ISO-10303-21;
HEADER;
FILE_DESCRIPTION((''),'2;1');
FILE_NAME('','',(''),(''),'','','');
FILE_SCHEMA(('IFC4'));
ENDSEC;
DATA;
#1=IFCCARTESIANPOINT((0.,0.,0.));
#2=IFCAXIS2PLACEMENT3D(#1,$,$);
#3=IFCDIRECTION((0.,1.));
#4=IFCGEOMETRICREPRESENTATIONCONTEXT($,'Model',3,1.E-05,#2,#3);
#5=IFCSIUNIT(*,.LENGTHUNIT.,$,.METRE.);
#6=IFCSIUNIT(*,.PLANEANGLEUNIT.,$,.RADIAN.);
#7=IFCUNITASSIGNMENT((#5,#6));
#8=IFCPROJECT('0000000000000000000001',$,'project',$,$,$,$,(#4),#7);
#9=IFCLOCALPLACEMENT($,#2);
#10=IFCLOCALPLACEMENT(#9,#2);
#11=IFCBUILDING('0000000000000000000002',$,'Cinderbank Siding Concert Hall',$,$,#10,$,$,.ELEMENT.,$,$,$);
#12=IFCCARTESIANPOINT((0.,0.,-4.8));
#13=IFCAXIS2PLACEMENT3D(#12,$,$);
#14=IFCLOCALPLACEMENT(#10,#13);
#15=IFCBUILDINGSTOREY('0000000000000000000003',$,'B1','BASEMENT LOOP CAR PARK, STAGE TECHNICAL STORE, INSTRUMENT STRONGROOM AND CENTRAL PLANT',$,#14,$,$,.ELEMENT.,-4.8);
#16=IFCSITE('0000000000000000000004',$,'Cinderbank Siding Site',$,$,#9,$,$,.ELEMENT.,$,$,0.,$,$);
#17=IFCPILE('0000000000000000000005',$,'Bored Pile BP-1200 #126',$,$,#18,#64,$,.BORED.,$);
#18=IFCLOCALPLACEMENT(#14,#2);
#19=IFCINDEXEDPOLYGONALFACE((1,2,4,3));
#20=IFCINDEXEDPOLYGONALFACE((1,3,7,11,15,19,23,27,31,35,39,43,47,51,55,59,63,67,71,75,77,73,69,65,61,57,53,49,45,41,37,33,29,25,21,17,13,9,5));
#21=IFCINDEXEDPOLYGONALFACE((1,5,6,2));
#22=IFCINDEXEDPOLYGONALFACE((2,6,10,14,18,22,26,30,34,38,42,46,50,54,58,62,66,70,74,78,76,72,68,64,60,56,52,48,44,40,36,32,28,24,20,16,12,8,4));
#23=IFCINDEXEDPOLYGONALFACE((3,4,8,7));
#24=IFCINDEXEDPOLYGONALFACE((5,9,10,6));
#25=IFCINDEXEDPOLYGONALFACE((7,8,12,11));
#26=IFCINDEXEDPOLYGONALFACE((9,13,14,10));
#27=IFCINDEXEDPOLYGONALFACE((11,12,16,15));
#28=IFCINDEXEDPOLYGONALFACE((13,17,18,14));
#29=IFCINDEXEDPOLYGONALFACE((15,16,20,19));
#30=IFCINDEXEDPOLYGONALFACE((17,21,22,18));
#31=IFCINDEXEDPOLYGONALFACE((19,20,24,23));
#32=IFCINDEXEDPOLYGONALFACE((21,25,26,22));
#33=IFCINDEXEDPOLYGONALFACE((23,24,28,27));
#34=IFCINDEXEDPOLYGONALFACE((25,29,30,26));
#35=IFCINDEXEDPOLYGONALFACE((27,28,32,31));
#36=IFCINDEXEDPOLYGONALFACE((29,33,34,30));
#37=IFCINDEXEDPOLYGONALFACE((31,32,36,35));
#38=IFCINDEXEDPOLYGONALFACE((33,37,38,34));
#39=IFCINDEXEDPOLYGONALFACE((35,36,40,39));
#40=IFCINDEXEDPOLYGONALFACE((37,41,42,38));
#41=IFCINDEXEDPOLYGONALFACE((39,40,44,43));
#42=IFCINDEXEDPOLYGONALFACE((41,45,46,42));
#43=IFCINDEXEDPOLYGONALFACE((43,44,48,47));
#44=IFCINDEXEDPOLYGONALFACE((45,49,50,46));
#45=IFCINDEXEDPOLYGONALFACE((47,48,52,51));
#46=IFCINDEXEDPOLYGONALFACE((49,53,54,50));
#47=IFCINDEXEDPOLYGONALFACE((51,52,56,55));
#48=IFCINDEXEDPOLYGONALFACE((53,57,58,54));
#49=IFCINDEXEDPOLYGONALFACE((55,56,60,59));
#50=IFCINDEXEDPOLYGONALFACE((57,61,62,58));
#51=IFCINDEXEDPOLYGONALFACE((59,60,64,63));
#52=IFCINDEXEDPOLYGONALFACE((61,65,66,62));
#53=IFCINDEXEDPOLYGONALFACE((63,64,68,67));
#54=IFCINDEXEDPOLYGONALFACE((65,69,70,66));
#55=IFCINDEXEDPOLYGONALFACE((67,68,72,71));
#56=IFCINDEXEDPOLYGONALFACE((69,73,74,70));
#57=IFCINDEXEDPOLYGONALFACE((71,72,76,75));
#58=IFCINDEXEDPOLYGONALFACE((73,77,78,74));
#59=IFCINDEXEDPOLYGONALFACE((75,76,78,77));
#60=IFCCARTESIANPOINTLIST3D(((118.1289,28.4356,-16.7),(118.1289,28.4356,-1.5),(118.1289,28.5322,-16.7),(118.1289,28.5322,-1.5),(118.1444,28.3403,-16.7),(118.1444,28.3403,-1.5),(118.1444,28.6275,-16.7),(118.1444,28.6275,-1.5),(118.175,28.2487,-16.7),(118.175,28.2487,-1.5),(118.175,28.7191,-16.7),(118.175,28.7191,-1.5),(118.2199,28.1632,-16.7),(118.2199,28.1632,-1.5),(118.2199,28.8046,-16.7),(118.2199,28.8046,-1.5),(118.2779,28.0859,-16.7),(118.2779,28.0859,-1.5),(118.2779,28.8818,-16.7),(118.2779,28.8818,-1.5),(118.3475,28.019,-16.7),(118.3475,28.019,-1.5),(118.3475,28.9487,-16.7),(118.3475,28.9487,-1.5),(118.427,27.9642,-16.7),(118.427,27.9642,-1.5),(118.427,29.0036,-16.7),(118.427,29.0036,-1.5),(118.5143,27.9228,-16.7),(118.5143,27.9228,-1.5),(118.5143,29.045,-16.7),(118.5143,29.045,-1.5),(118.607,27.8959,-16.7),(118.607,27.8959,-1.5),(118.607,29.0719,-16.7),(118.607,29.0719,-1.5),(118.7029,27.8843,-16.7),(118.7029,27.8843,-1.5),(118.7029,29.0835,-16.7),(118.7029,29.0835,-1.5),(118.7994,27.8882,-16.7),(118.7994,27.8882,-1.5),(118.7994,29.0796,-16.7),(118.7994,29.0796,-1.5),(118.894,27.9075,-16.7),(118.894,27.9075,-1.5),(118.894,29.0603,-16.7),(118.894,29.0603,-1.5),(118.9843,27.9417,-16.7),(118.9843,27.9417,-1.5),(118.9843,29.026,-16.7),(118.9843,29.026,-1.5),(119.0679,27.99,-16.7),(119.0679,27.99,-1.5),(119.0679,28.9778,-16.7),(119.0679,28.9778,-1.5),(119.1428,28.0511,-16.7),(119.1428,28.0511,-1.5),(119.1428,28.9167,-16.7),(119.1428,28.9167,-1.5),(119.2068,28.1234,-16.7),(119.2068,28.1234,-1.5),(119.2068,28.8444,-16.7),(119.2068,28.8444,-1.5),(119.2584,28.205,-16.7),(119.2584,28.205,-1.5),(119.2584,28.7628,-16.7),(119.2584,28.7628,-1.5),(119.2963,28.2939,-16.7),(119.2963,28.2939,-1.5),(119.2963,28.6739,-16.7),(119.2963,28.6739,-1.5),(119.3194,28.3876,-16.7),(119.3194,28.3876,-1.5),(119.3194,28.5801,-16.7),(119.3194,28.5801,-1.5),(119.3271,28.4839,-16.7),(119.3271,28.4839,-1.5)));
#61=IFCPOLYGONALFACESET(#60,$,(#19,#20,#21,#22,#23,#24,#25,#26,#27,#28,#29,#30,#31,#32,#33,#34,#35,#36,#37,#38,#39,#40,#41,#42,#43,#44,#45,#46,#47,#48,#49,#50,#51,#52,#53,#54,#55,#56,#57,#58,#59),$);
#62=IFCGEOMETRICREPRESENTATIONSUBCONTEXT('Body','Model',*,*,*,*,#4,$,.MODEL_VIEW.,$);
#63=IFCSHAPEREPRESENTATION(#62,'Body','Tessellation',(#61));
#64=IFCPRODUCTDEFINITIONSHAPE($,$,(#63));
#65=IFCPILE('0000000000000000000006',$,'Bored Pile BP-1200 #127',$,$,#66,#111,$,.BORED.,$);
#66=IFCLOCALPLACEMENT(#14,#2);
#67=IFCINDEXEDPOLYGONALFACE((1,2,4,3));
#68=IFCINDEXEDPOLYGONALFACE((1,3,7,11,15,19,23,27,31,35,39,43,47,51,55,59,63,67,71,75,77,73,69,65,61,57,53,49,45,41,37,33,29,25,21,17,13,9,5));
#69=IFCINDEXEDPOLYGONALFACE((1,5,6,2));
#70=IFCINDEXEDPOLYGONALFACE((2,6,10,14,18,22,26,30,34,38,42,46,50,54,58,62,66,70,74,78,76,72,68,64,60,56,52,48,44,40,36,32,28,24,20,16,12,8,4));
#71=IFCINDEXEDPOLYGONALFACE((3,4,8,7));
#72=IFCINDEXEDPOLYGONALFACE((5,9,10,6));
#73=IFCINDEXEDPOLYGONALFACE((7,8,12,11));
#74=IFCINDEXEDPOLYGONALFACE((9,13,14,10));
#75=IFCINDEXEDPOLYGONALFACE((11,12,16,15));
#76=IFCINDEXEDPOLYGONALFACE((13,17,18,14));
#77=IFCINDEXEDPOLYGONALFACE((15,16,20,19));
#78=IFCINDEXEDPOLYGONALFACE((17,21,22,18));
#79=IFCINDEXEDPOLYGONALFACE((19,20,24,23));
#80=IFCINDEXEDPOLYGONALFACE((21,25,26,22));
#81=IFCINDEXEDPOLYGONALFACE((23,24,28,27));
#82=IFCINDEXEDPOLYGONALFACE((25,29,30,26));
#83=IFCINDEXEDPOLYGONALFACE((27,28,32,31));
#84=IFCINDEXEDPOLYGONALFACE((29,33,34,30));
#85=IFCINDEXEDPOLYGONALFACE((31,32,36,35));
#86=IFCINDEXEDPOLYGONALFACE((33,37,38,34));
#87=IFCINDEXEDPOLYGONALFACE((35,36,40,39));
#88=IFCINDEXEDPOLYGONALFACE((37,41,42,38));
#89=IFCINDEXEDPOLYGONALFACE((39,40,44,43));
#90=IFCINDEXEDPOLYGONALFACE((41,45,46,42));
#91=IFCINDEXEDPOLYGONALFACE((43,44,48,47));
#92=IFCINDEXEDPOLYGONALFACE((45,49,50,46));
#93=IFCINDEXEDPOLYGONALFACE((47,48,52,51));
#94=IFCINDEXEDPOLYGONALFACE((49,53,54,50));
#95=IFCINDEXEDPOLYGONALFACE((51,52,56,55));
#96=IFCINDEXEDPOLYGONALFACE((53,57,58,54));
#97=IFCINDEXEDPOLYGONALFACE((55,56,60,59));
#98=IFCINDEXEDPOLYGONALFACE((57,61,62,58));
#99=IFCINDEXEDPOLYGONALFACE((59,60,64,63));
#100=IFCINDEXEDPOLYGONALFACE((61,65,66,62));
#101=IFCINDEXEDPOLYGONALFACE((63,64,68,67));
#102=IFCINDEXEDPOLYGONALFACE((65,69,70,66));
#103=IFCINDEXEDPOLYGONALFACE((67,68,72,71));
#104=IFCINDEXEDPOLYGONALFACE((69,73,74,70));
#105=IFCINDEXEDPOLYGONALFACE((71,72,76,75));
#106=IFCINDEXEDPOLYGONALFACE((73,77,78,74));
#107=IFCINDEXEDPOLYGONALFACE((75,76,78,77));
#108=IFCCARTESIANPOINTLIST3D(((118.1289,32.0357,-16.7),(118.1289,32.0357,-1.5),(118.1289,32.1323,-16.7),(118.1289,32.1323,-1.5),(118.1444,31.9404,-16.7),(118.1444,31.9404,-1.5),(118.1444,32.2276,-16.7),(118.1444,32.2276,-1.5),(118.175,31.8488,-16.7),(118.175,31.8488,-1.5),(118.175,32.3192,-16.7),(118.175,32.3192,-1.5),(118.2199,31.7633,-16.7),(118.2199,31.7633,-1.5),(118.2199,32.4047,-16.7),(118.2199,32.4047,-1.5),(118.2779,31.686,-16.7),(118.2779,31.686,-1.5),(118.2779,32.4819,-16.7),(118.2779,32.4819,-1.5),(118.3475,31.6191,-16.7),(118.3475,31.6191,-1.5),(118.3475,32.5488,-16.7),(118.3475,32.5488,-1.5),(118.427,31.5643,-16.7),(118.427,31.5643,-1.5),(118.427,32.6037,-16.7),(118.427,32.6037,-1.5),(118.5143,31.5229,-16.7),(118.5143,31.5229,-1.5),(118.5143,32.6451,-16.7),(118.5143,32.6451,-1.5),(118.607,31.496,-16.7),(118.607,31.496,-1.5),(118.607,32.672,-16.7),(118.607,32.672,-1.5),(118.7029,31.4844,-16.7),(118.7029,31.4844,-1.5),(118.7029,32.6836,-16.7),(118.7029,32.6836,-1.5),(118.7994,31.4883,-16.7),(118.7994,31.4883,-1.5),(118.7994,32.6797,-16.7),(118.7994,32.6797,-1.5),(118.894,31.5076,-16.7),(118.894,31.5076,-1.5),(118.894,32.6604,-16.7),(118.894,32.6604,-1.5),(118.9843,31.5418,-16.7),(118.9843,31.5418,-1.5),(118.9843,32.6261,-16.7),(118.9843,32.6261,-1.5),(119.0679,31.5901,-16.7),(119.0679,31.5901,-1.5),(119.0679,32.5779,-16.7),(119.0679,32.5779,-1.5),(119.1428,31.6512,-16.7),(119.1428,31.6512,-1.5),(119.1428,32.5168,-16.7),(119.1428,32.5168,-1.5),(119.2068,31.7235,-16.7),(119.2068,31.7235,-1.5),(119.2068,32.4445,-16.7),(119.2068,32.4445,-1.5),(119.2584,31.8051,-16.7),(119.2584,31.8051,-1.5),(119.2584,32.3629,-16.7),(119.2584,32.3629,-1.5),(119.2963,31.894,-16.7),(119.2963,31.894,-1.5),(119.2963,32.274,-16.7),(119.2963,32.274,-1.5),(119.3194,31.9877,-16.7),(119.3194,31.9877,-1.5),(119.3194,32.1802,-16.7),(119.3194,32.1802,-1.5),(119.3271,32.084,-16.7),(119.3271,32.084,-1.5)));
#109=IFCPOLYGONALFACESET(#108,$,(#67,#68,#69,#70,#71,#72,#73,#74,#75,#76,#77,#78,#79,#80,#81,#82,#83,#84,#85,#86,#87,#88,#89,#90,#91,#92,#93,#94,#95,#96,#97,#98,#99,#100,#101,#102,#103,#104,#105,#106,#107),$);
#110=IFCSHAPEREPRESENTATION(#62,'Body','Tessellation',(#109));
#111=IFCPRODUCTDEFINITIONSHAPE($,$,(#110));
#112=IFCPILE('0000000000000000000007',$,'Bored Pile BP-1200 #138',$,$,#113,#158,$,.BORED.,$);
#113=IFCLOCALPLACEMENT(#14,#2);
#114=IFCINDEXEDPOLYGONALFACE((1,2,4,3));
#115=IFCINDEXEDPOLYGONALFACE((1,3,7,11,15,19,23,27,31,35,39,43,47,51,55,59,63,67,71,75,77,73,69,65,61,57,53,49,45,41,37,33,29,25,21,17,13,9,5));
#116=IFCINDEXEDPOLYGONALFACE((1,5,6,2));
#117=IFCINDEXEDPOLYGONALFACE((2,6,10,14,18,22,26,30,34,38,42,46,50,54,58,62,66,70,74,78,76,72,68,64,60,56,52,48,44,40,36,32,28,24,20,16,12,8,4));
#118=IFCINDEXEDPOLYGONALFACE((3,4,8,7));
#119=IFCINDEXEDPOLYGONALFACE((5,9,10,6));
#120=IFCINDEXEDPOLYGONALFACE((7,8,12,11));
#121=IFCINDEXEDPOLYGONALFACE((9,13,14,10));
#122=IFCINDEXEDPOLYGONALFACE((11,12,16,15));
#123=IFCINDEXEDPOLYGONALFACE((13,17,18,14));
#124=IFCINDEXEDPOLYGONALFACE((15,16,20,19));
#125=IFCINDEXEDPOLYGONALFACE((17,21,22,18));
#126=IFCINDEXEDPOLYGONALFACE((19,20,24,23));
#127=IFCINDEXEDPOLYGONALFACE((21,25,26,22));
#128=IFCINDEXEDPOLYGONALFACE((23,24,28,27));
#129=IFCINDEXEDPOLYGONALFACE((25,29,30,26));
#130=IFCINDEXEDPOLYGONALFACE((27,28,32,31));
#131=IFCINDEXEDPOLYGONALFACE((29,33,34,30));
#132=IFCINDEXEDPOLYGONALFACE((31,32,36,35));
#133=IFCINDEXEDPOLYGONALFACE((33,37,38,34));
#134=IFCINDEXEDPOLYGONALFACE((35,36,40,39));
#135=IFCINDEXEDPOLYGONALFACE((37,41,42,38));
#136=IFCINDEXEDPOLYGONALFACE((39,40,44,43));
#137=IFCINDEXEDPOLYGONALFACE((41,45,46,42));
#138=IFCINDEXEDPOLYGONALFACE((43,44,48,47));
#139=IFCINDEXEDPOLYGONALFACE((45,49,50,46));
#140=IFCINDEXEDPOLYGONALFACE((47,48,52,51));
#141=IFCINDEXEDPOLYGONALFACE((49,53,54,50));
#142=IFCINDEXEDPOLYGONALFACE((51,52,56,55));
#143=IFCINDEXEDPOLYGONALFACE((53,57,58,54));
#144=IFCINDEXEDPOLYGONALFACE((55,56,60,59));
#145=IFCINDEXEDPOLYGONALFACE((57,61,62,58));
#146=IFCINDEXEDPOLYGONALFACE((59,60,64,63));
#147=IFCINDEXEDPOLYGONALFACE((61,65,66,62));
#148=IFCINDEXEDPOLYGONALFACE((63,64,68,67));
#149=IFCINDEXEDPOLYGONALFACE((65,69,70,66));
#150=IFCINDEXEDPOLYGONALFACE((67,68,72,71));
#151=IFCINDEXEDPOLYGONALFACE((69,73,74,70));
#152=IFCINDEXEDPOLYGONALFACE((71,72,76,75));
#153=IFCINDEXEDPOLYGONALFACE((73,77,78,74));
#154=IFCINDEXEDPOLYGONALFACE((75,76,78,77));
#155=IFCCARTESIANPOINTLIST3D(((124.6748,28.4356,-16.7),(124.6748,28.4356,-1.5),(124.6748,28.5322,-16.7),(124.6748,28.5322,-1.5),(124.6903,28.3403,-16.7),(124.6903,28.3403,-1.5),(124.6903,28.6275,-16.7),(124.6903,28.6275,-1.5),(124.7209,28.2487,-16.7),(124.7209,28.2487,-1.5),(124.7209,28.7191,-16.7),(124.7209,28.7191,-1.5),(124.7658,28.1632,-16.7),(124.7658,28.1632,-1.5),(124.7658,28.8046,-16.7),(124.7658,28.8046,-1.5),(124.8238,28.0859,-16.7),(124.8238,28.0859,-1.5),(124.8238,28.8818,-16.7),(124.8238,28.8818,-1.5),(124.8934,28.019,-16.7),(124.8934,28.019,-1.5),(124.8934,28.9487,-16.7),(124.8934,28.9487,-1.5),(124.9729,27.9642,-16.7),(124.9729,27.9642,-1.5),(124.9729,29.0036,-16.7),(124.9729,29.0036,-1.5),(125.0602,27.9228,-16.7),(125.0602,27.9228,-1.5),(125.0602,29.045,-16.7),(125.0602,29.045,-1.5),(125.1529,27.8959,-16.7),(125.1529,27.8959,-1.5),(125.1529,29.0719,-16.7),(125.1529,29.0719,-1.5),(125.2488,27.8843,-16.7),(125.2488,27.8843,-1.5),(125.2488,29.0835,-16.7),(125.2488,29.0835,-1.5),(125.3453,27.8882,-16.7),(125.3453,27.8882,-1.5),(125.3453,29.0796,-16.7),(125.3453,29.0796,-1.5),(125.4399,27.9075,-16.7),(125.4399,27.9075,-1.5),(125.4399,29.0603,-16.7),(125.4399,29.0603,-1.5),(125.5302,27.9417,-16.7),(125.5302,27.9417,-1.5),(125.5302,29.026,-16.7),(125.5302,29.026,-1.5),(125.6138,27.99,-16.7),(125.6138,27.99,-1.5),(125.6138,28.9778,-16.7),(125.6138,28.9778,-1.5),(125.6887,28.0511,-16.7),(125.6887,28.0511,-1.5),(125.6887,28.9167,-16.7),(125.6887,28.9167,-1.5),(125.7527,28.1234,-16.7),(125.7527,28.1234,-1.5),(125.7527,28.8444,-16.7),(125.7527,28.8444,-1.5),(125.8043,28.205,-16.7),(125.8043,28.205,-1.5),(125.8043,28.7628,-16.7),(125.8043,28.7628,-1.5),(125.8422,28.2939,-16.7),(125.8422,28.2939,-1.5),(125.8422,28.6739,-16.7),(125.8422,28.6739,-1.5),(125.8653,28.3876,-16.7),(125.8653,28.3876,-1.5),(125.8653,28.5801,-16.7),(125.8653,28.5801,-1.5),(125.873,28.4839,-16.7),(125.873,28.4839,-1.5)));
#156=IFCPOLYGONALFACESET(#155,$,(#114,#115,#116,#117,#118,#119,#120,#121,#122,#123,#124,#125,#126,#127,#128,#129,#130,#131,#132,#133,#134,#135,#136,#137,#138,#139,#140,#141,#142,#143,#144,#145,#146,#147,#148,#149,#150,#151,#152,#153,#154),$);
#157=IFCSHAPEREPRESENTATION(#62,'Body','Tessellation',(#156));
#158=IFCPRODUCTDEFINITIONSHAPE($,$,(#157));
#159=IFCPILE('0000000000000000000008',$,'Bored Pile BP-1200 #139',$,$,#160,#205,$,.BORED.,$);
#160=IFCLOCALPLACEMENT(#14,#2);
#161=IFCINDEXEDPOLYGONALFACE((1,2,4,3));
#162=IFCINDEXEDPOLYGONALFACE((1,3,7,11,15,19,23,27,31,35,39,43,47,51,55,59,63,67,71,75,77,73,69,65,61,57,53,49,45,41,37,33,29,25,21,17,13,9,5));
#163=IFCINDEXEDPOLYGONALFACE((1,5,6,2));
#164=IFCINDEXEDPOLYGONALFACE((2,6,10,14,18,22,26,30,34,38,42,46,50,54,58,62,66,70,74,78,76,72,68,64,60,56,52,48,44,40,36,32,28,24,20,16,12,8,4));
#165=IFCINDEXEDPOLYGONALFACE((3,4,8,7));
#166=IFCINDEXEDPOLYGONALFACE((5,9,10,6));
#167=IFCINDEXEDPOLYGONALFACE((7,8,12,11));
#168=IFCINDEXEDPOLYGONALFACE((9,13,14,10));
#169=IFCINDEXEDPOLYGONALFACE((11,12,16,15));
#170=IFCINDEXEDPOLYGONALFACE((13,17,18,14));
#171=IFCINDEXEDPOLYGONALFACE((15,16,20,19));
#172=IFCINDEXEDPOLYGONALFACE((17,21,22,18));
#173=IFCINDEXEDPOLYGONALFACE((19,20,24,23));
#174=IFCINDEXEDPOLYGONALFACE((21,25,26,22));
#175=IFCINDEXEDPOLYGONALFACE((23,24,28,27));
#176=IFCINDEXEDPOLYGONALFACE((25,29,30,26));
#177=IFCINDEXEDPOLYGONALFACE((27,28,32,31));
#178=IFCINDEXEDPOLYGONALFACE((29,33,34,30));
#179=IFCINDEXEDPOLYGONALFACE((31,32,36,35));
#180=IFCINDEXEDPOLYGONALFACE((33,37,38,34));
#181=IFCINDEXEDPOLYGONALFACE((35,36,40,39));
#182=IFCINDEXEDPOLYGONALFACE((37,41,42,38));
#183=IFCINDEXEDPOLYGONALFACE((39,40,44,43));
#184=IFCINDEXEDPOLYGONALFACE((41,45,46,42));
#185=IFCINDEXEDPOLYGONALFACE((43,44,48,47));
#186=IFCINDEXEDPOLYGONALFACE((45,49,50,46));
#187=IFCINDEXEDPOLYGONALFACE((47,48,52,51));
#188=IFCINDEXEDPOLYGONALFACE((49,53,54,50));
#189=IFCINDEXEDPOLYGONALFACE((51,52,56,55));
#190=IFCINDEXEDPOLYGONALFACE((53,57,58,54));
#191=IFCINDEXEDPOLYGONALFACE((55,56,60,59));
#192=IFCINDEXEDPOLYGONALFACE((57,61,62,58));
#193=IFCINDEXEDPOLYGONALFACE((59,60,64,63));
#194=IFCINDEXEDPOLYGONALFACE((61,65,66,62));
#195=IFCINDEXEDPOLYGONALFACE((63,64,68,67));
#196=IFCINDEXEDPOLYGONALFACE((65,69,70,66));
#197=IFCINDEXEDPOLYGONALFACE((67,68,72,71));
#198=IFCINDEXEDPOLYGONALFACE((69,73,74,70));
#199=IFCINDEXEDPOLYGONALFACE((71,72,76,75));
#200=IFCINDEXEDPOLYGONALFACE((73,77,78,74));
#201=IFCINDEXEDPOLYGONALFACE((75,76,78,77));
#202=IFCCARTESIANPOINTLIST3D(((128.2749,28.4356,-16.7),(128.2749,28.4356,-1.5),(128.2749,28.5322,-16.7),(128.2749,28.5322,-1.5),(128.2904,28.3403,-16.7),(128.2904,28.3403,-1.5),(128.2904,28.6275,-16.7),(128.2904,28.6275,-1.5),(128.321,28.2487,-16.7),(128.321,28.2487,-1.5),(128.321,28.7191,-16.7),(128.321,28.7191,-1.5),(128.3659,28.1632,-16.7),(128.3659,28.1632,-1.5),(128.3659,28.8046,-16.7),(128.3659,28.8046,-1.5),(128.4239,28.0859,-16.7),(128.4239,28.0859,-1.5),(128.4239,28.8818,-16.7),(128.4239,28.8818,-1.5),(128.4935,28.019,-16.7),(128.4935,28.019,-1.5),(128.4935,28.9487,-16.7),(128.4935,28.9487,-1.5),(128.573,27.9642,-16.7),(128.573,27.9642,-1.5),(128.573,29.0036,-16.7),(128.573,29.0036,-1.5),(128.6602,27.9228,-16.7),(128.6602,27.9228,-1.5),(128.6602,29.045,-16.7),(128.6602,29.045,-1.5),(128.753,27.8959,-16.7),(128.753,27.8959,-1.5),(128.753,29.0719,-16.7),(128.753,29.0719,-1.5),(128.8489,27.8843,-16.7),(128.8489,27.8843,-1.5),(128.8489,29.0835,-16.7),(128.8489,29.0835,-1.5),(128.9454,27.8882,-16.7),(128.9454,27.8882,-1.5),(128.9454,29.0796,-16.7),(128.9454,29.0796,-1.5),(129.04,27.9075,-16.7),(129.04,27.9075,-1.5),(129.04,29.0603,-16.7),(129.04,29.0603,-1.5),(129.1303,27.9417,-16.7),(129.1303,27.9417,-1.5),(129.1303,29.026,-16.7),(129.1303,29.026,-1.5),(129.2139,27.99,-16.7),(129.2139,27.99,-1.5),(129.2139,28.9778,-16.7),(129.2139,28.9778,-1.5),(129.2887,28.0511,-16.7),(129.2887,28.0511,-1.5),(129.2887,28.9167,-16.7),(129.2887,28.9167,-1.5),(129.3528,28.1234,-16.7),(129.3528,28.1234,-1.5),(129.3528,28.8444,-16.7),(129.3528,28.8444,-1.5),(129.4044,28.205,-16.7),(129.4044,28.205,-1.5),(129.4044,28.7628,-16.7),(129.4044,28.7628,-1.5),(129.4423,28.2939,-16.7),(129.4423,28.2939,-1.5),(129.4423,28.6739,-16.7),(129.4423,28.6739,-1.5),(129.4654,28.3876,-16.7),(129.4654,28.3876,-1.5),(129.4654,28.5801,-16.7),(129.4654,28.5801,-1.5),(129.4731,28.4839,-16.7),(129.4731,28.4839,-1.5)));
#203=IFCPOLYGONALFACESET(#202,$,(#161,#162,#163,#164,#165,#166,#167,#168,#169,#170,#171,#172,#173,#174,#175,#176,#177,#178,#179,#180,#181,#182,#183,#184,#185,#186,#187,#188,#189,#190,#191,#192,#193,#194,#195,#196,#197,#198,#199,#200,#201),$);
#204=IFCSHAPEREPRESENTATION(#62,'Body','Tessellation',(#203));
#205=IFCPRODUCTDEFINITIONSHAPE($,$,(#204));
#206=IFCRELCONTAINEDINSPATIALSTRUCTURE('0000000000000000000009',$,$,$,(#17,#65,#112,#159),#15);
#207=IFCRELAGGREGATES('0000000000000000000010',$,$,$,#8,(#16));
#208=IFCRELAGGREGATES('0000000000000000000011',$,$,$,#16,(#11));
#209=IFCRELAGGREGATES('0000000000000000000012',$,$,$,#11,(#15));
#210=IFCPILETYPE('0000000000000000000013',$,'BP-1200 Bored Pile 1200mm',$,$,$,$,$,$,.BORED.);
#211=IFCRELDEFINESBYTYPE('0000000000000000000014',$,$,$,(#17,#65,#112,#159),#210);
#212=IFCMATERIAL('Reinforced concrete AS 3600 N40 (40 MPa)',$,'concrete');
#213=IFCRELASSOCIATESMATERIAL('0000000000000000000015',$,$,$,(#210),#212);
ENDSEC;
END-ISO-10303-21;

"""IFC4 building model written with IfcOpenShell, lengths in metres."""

from ifc_helpers import new_model, si_unit, direction, frame, origin, origin_2d, place, context, subcontext, project, spatial, circle, extrude, material, material_profile, profile_set, type_object, element, save


model = new_model("IFC4")

# Units and contexts
model_context = context("Model", 3, precision=1e-05, world=origin(), true_north=direction((0.0, 1.0)))
body_context = subcontext(model_context, "Body", "Model", "MODEL_VIEW")
ifc_project = project(units=[si_unit("LENGTHUNIT", "METRE"), si_unit("PLANEANGLEUNIT", "RADIAN")], contexts=[model_context])

# Site, building, storey
site_placement = place(None, origin())
site = spatial("IfcSite", under=ifc_project, at=site_placement, Name="Cinderbank Siding Site", CompositionType="ELEMENT", RefElevation=0.0)
building_placement = place(site_placement, origin())
building = spatial("IfcBuilding", under=site, at=building_placement, Name="Cinderbank Siding Concert Hall", CompositionType="ELEMENT")
storey_placement = place(building_placement, frame((0.0, 0.0, -4.8)))
storey = spatial("IfcBuildingStorey", under=building, at=storey_placement, Name="B1", Description="BASEMENT LOOP CAR PARK, STAGE TECHNICAL STORE, INSTRUMENT STRONGROOM AND CENTRAL PLANT", CompositionType="ELEMENT", Elevation=-4.8)

# Piles
ifc_material_1 = material(Name="Reinforced concrete AS 3600 N40 (40 MPa)", Category="concrete")
ifc_material_profile_1 = material_profile(ifc_material_1, circle(Radius=0.6001, at=origin_2d()), Name="PILE-1200DIA", Category="LoadBearing")
ifc_profile_set_1 = profile_set([ifc_material_profile_1], Name="Reinforced concrete AS 3600 N40 (40 MPa)")
pile_type_1 = type_object("IfcPileType", Name="BP-1200 Bored Pile 1200mm", PredefinedType="BORED", material=ifc_profile_set_1)
for number, where, z_axis, x_axis, name in (
    (1, (118.7271, 28.4839, -1.5), (0.0, 0.0, -1.0), (1.0, 0.0, 0.0), "Bored Pile BP-1200 #126"),
    (2, (118.7271, 32.084, -1.5), (0.0, 0.0, -1.0), (1.0, 0.0, 0.0), "Bored Pile BP-1200 #127"),
    (3, (125.2729, 28.4839, -1.5), (0.0, 0.0, -1.0), (1.0, 0.0, 0.0), "Bored Pile BP-1200 #138"),
    (4, (128.873, 28.4839, -1.5), (0.0, 0.0, -1.0), (1.0, 0.0, 0.0), "Bored Pile BP-1200 #139"),
):
    element("IfcPile", number, at=place(storey_placement, frame(where, z_axis=z_axis, x_axis=x_axis)), inside=storey, type_object=pile_type_1, Name=name, PredefinedType="BORED", context=body_context, shape_type="SweptSolid", body=[
        extrude(circle(Radius=0.6001, at=origin_2d()), origin(), (0.0, 0.0, 1.0), 15.2),
    ])

save(model, "model.ifc")
